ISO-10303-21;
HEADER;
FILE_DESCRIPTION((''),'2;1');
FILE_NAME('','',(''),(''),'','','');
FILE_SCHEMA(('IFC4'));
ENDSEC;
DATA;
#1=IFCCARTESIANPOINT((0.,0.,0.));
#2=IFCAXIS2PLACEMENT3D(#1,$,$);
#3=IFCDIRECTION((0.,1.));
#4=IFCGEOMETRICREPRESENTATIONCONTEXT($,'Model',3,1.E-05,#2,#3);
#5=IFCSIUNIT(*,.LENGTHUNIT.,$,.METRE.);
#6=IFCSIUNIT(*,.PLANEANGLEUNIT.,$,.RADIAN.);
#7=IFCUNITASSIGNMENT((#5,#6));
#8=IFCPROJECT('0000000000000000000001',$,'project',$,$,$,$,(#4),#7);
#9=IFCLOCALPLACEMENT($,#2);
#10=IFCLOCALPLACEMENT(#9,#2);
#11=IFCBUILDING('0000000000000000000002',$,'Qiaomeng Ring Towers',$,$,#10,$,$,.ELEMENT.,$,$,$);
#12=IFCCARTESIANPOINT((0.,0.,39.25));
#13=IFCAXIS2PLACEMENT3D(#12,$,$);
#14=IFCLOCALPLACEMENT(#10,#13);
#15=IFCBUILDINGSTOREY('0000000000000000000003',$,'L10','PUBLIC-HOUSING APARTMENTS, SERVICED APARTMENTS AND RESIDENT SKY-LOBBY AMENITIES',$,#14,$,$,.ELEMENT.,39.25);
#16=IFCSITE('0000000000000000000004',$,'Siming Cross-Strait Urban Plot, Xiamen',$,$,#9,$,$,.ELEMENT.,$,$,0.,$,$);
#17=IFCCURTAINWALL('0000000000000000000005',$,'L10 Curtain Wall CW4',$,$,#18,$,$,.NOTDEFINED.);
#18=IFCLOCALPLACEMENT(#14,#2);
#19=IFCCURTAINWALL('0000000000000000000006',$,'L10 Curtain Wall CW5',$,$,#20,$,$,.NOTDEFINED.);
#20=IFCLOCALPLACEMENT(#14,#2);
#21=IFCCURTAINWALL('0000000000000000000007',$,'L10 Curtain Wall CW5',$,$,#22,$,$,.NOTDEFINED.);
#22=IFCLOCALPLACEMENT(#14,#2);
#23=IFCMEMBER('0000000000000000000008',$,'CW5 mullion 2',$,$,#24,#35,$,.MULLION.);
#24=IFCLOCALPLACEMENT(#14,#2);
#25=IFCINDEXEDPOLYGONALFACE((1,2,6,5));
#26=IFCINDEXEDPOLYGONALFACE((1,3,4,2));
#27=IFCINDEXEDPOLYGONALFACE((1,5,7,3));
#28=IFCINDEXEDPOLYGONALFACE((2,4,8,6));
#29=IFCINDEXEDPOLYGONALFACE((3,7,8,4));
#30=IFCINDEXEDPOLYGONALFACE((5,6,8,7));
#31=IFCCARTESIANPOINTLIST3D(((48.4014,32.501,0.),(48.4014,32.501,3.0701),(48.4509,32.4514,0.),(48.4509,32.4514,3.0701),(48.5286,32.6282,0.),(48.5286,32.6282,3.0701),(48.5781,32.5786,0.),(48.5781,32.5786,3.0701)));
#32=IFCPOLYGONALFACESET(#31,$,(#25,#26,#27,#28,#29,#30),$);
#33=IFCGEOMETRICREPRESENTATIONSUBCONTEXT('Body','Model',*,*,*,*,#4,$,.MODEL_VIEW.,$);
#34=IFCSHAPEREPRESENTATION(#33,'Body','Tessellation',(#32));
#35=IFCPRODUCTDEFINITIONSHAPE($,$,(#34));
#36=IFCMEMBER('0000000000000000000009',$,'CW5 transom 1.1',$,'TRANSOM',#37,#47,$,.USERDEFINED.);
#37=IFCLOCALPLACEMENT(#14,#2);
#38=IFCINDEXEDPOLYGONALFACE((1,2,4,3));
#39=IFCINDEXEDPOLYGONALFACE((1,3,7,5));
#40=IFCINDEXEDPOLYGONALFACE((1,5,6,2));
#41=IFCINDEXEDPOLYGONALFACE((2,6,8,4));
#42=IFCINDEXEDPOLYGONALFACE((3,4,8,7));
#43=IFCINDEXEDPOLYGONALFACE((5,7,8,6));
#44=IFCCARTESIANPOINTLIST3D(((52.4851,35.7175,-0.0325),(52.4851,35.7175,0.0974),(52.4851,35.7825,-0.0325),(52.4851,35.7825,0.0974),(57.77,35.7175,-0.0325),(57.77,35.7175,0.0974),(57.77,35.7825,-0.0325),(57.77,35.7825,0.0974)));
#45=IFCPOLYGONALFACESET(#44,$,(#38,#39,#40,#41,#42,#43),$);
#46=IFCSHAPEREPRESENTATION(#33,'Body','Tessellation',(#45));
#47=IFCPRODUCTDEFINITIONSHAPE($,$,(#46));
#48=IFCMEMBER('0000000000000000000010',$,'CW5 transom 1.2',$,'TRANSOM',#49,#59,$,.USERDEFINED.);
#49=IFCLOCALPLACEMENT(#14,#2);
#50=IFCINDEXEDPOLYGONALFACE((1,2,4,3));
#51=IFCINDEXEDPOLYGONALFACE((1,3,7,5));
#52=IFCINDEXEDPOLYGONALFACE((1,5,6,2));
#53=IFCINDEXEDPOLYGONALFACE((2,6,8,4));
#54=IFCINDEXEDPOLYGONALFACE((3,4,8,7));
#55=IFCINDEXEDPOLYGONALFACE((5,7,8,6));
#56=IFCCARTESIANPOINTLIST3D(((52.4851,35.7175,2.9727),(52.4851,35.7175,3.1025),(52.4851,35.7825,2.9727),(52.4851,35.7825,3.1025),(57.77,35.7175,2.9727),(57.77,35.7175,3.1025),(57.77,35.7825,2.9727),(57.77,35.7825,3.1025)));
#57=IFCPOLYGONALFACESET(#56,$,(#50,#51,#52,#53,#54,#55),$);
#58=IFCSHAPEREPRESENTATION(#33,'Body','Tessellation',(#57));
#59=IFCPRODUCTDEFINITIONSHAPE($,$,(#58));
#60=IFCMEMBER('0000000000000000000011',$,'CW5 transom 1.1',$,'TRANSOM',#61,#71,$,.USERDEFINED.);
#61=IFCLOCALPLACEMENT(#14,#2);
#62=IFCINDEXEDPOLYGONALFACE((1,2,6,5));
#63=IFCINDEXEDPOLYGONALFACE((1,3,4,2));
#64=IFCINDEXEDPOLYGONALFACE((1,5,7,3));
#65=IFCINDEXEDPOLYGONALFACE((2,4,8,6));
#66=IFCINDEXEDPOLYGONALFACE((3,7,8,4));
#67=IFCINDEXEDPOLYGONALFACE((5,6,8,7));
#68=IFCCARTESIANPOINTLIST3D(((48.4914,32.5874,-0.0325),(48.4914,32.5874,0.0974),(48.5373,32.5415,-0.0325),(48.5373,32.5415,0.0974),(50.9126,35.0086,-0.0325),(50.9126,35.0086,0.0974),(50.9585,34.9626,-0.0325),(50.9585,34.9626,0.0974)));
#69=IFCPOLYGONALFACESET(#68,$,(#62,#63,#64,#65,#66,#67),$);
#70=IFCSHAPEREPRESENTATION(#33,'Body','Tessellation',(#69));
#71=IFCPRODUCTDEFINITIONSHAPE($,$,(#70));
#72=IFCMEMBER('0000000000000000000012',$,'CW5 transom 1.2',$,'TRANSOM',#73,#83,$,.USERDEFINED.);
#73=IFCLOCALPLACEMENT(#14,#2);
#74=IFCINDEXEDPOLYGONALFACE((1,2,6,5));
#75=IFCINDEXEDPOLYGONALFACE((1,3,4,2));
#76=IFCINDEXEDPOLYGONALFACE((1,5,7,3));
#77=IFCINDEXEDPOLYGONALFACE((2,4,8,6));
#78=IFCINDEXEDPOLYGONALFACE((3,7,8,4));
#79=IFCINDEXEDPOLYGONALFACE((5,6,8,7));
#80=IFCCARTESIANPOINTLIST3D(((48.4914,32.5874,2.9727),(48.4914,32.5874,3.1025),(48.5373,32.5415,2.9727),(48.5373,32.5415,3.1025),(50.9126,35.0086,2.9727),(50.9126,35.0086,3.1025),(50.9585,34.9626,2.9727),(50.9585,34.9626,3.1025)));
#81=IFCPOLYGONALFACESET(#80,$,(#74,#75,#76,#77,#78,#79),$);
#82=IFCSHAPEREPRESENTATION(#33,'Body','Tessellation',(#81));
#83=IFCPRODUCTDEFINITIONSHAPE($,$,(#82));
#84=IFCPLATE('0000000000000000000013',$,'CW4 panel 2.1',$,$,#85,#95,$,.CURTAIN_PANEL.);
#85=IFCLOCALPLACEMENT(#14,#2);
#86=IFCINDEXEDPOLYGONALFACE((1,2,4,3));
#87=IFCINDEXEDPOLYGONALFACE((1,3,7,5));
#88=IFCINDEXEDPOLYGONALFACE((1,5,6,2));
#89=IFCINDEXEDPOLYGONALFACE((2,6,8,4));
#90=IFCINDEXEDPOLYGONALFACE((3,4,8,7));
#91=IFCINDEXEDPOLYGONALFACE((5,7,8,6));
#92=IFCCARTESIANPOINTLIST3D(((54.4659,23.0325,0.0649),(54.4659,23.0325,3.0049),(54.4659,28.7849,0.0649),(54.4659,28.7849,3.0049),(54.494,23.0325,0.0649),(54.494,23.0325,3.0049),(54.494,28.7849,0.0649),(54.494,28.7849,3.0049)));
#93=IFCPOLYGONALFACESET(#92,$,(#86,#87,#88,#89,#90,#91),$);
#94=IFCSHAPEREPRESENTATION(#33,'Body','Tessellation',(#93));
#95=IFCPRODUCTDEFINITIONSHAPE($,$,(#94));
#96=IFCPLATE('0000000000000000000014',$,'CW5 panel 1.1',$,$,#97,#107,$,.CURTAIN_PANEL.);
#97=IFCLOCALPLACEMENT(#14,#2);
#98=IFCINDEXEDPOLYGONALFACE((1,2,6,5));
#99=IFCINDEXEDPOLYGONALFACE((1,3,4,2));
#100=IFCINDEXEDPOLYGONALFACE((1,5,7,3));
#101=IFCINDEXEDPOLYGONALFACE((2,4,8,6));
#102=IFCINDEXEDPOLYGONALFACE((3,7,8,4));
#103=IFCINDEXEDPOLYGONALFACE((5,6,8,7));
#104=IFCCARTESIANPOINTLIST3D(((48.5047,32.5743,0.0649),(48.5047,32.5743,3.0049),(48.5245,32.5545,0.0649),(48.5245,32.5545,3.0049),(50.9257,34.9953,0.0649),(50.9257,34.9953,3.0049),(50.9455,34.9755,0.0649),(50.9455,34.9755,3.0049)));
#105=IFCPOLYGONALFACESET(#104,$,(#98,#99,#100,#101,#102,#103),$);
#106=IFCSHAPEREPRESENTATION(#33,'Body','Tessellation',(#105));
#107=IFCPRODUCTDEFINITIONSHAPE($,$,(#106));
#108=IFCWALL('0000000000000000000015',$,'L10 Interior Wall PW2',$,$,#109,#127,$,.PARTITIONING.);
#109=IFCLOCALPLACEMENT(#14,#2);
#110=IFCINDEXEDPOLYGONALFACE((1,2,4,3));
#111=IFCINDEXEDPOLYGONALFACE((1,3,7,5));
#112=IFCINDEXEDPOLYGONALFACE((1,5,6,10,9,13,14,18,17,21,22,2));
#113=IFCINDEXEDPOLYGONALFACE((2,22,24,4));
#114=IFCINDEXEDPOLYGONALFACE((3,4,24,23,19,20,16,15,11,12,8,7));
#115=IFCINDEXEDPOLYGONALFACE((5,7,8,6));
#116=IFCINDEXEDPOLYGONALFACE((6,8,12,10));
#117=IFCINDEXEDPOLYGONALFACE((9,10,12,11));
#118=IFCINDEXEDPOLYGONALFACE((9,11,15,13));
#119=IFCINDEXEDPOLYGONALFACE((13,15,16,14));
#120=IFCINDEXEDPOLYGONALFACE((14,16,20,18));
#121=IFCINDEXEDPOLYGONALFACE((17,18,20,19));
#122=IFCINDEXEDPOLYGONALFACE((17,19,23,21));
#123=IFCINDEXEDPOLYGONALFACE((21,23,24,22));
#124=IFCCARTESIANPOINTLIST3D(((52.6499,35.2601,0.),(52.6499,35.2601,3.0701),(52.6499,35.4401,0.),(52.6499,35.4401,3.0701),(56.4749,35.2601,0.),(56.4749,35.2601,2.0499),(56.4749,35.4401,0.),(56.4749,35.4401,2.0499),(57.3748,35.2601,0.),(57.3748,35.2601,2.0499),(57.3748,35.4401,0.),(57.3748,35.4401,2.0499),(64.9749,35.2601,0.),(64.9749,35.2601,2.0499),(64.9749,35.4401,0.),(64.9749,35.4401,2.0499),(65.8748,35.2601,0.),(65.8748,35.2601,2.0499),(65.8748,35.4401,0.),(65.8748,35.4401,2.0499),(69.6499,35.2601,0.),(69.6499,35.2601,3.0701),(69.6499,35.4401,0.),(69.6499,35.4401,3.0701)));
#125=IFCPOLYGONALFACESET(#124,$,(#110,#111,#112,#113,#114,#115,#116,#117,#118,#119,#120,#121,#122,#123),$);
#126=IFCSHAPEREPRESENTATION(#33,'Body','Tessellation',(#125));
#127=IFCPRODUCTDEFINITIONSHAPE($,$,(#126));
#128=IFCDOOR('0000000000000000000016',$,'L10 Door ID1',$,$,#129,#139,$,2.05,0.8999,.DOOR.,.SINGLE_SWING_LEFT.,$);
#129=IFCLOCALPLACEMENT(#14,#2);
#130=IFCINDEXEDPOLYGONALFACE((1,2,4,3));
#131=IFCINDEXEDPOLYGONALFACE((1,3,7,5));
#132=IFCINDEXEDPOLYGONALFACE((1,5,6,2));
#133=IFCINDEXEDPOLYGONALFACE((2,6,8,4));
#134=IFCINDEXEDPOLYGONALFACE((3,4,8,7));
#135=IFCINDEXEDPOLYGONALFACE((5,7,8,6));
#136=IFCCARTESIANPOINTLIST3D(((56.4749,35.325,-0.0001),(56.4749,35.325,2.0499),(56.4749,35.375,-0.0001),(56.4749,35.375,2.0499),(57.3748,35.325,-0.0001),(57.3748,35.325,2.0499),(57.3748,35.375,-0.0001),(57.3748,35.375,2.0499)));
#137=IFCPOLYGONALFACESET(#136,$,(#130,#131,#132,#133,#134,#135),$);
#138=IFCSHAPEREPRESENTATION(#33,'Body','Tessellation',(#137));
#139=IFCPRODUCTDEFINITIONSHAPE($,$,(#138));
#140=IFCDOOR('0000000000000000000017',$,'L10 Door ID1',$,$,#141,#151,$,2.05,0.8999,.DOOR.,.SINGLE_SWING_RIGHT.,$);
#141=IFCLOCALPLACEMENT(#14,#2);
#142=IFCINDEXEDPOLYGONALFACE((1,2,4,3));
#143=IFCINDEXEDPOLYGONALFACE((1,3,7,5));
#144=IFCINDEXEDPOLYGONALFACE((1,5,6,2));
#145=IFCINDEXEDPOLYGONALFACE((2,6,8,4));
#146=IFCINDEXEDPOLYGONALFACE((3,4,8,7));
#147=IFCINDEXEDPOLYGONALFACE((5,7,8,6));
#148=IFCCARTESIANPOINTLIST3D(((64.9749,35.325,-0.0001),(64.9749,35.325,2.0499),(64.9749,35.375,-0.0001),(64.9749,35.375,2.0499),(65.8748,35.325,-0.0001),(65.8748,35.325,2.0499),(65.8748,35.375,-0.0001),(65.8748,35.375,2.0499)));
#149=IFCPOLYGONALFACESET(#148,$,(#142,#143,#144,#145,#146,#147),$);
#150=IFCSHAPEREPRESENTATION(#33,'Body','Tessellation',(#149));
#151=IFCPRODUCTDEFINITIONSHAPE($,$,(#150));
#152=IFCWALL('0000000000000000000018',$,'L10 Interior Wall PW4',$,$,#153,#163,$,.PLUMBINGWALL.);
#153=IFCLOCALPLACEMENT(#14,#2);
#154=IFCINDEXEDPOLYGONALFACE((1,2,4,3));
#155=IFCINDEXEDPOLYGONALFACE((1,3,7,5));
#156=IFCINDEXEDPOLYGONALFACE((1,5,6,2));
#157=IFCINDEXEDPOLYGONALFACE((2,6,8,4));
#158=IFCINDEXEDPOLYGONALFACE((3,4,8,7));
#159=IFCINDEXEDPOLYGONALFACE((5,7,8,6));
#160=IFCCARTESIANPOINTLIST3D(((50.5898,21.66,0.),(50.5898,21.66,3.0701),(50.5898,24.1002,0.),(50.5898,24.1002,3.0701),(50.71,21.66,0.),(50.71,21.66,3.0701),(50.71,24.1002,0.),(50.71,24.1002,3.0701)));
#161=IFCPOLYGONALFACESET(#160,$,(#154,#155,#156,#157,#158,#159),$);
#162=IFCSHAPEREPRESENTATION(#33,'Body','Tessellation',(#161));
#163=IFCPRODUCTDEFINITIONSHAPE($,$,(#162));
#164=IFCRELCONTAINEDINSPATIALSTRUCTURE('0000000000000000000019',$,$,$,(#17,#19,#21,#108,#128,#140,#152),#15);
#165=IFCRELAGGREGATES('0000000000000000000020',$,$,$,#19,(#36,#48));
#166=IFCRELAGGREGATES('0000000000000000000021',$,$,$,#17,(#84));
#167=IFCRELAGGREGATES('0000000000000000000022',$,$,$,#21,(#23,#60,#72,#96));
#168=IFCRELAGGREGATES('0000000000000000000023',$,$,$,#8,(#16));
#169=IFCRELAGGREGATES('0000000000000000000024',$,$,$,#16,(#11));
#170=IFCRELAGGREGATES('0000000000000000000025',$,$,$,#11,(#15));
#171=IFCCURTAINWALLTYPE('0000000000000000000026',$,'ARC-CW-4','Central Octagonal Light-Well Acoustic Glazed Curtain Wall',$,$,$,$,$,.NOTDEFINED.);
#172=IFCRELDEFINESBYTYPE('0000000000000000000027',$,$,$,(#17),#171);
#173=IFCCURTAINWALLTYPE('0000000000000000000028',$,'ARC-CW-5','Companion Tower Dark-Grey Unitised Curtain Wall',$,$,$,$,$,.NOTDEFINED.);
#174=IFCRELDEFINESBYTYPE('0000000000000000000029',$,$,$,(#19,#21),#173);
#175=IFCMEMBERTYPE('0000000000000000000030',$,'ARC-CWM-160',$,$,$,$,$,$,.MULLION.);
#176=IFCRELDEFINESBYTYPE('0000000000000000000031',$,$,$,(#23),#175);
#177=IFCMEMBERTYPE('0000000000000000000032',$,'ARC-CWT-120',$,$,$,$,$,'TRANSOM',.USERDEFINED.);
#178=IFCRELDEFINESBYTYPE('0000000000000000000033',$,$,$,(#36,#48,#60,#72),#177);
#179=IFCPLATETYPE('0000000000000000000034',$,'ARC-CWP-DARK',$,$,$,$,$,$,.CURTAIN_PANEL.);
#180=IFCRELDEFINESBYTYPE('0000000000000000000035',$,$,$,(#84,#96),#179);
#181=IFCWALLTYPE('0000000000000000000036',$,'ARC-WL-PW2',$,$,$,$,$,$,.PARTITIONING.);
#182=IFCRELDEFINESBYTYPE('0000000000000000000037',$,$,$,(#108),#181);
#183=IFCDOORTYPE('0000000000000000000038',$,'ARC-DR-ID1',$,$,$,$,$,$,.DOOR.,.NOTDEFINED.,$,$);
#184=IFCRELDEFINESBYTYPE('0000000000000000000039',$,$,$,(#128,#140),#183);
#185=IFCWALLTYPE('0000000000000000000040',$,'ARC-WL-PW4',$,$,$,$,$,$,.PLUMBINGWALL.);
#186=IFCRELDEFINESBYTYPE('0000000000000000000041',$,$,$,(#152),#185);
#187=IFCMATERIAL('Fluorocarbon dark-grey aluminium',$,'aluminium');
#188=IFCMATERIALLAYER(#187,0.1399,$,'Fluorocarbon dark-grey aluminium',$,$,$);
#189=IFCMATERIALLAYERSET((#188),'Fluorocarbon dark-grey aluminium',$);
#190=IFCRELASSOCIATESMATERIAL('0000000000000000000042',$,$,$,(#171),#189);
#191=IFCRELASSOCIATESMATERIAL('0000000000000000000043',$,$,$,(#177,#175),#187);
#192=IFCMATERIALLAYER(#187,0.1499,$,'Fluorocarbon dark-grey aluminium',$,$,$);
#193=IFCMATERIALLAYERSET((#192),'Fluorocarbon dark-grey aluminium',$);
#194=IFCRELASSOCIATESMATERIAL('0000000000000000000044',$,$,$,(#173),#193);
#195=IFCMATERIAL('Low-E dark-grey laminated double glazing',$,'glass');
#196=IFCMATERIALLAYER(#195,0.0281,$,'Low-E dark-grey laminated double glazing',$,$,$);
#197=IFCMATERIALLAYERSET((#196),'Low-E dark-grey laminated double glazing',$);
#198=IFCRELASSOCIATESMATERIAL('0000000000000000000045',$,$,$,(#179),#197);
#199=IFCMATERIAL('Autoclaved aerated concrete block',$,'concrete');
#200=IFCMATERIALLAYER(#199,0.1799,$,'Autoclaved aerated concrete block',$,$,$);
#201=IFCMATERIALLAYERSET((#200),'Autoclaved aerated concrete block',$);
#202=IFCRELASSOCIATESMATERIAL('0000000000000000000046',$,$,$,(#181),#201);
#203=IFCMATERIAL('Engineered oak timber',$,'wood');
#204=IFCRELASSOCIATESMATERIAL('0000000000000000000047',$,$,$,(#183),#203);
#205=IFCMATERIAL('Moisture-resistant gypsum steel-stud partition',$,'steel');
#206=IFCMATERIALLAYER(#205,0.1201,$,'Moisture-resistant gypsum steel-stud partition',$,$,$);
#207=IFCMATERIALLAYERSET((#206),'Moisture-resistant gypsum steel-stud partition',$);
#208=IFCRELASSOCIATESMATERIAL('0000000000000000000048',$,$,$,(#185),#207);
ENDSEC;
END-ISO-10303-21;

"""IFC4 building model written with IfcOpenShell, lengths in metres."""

from ifc_helpers import new_model, si_unit, direction, frame, frame_2d, origin, origin_2d, place, context, subcontext, project, spatial, rectangle, extrude, source, transform, mapped, material, layer, layer_set, material_profile, profile_set, type_object, element, fill, aggregate, save


model = new_model("IFC4")

# Units and contexts
model_context = context("Model", 3, precision=1e-05, world=origin(), true_north=direction((0.0, 1.0)))
body_context = subcontext(model_context, "Body", "Model", "MODEL_VIEW")
ifc_project = project(units=[si_unit("LENGTHUNIT", "METRE"), si_unit("PLANEANGLEUNIT", "RADIAN")], contexts=[model_context])

# Site, building, storey
site_placement = place(None, origin())
site = spatial("IfcSite", under=ifc_project, at=site_placement, Name="Siming Cross-Strait Urban Plot, Xiamen", CompositionType="ELEMENT", RefElevation=0.0)
building_placement = place(site_placement, origin())
building = spatial("IfcBuilding", under=site, at=building_placement, Name="Qiaomeng Ring Towers", CompositionType="ELEMENT")
storey_placement = place(building_placement, frame((0.0, 0.0, 39.25)))
storey = spatial("IfcBuildingStorey", under=building, at=storey_placement, Name="L10", Description="PUBLIC-HOUSING APARTMENTS, SERVICED APARTMENTS AND RESIDENT SKY-LOBBY AMENITIES", CompositionType="ELEMENT", Elevation=39.25)

# Curtain wall
ifc_material_1 = material(Name="Fluorocarbon dark-grey aluminium", Category="aluminium")
ifc_layer_1 = layer(ifc_material_1, 0.1399, Name="Fluorocarbon dark-grey aluminium")
ifc_layer_set_1 = layer_set([ifc_layer_1], Name="Fluorocarbon dark-grey aluminium")
curtain_wall_type_1 = type_object("IfcCurtainWallType", Name="ARC-CW-4", Description="Central Octagonal Light-Well Acoustic Glazed Curtain Wall", PredefinedType="NOTDEFINED", material=ifc_layer_set_1)
curtain_wall_1_placement = place(storey_placement, origin())
curtain_wall_1 = element("IfcCurtainWall", 1, at=curtain_wall_1_placement, inside=storey, type_object=curtain_wall_type_1, Name="L10 Curtain Wall CW4", PredefinedType="NOTDEFINED")
ifc_material_profile_1 = material_profile(ifc_material_1, rectangle(XDim=0.0649, YDim=0.1299, at=origin_2d()), Name="ALU TRAN 65x130")
ifc_profile_set_1 = profile_set([ifc_material_profile_1], Name="Fluorocarbon dark-grey aluminium")
member_type_1 = type_object("IfcMemberType", Name="ARC-CWT-120", ElementType="TRANSOM", PredefinedType="USERDEFINED", material=ifc_profile_set_1)

# Curtain wall
ifc_layer_2 = layer(ifc_material_1, 0.1499, Name="Fluorocarbon dark-grey aluminium")
ifc_layer_set_2 = layer_set([ifc_layer_2], Name="Fluorocarbon dark-grey aluminium")
curtain_wall_type_2 = type_object("IfcCurtainWallType", Name="ARC-CW-5", Description="Companion Tower Dark-Grey Unitised Curtain Wall", PredefinedType="NOTDEFINED", material=ifc_layer_set_2)
curtain_wall_2_placement = place(storey_placement, origin())
curtain_wall_2 = element("IfcCurtainWall", 2, at=curtain_wall_2_placement, inside=storey, type_object=curtain_wall_type_2, Name="L10 Curtain Wall CW5", PredefinedType="NOTDEFINED")
ifc_material_profile_2 = material_profile(ifc_material_1, rectangle(XDim=0.0701, YDim=0.1799, at=origin_2d()), Name="ALU MULL 70x180")
ifc_profile_set_2 = profile_set([ifc_material_profile_2], Name="Fluorocarbon dark-grey aluminium")
member_type_2 = type_object("IfcMemberType", Name="ARC-CWM-160", PredefinedType="MULLION", material=ifc_profile_set_2)
shared_shape_1 = source(origin(), body_context, "Body", "SweptSolid", [
    extrude(rectangle(XDim=0.0701, YDim=0.1799, at=origin_2d()), origin(), (0.0, 0.0, 1.0), 3.0701),
])

# Curtain wall, member
curtain_wall_3_placement = place(storey_placement, origin())
curtain_wall_3 = element("IfcCurtainWall", 3, at=curtain_wall_3_placement, inside=storey, type_object=curtain_wall_type_2, Name="L10 Curtain Wall CW5", PredefinedType="NOTDEFINED")
member_1_placement = place(storey_placement, frame((48.4897, 32.5398, 0.0), z_axis=(0.0, 0.0, 1.0), x_axis=(0.707107, -0.707107, 0.0)))
member_1 = element("IfcMember", 4, at=member_1_placement, type_object=member_type_2, Name="CW5 mullion 2", PredefinedType="MULLION", context=body_context, shape_type="MappedRepresentation", body=[
    mapped(shared_shape_1, transform((0.0, 0.0, 0.0), x_axis=(1.0, 0.0, 0.0), y_axis=(0.0, 1.0, 0.0), z_axis=(0.0, 0.0, 1.0), scale=1.0)),
])

# Members
shared_shape_2 = source(origin(), body_context, "Body", "SweptSolid", [
    extrude(rectangle(XDim=0.0649, YDim=0.1299, at=origin_2d()), origin(), (0.0, 0.0, 1.0), 5.2849),
])
member_2_placement = place(storey_placement, frame((52.4851, 35.75, 0.0325), z_axis=(1.0, 0.0, 0.0), x_axis=(0.0, 1.0, 0.0)))
member_2 = element("IfcMember", 5, at=member_2_placement, type_object=member_type_1, Name="CW5 transom 1.1", ObjectType="TRANSOM", PredefinedType="USERDEFINED", context=body_context, shape_type="MappedRepresentation", body=[
    mapped(shared_shape_2, transform((0.0, 0.0, 0.0), x_axis=(1.0, 0.0, 0.0), y_axis=(0.0, 1.0, 0.0), z_axis=(0.0, 0.0, 1.0), scale=1.0)),
])
member_3_placement = place(storey_placement, frame((52.4851, 35.75, 3.0376), z_axis=(1.0, 0.0, 0.0), x_axis=(0.0, 1.0, 0.0)))
member_3 = element("IfcMember", 6, at=member_3_placement, type_object=member_type_1, Name="CW5 transom 1.2", ObjectType="TRANSOM", PredefinedType="USERDEFINED", context=body_context, shape_type="MappedRepresentation", body=[
    mapped(shared_shape_2, transform((0.0, 0.0, 0.0), x_axis=(1.0, 0.0, 0.0), y_axis=(0.0, 1.0, 0.0), z_axis=(0.0, 0.0, 1.0), scale=1.0)),
])
aggregate(curtain_wall_2, [member_2, member_3])
shared_shape_3 = source(origin(), body_context, "Body", "SweptSolid", [
    extrude(rectangle(XDim=0.0649, YDim=0.1299, at=origin_2d()), origin(), (0.0, 0.0, 1.0), 3.4241),
])
member_4_placement = place(storey_placement, frame((50.9355, 34.9856, 0.0325), z_axis=(-0.707107, -0.707107, 0.0), x_axis=(0.707107, -0.707107, 0.0)))
member_4 = element("IfcMember", 7, at=member_4_placement, type_object=member_type_1, Name="CW5 transom 1.1", ObjectType="TRANSOM", PredefinedType="USERDEFINED", context=body_context, shape_type="MappedRepresentation", body=[
    mapped(shared_shape_3, transform((0.0, 0.0, 0.0), x_axis=(1.0, 0.0, 0.0), y_axis=(0.0, 1.0, 0.0), z_axis=(0.0, 0.0, 1.0), scale=1.0)),
])
member_5_placement = place(storey_placement, frame((50.9355, 34.9856, 3.0376), z_axis=(-0.707107, -0.707107, 0.0), x_axis=(0.707107, -0.707107, 0.0)))
member_5 = element("IfcMember", 8, at=member_5_placement, type_object=member_type_1, Name="CW5 transom 1.2", ObjectType="TRANSOM", PredefinedType="USERDEFINED", context=body_context, shape_type="MappedRepresentation", body=[
    mapped(shared_shape_3, transform((0.0, 0.0, 0.0), x_axis=(1.0, 0.0, 0.0), y_axis=(0.0, 1.0, 0.0), z_axis=(0.0, 0.0, 1.0), scale=1.0)),
])

# Plates
ifc_material_2 = material(Name="Low-E dark-grey laminated double glazing", Category="glass")
ifc_layer_3 = layer(ifc_material_2, 0.0281, Name="Low-E dark-grey laminated double glazing")
ifc_layer_set_3 = layer_set([ifc_layer_3], Name="Low-E dark-grey laminated double glazing")
plate_type = type_object("IfcPlateType", Name="ARC-CWP-DARK", PredefinedType="CURTAIN_PANEL", material=ifc_layer_set_3)
shared_shape_4 = source(origin(), body_context, "Body", "SweptSolid", [
    extrude(rectangle(XDim=5.7524, YDim=0.0281, at=origin_2d()), origin(), (0.0, 0.0, 1.0), 2.9399),
])
plate_1_placement = place(storey_placement, frame((54.48, 25.9087, 0.0649), z_axis=(0.0, 0.0, 1.0), x_axis=(0.0, 1.0, 0.0)))
plate_1 = element("IfcPlate", 9, at=plate_1_placement, type_object=plate_type, Name="CW4 panel 2.1", PredefinedType="CURTAIN_PANEL", context=body_context, shape_type="MappedRepresentation", body=[
    mapped(shared_shape_4, transform((0.0, 0.0, 0.0), x_axis=(1.0, 0.0, 0.0), y_axis=(0.0, 1.0, 0.0), z_axis=(0.0, 0.0, 1.0), scale=1.0)),
])
aggregate(curtain_wall_1, [plate_1])
shared_shape_5 = source(origin(), body_context, "Body", "SweptSolid", [
    extrude(rectangle(XDim=3.4238, YDim=0.0281, at=origin_2d()), origin(), (0.0, 0.0, 1.0), 2.9399),
])
plate_2_placement = place(storey_placement, frame((49.7251, 33.7749, 0.0649), z_axis=(0.0, 0.0, 1.0), x_axis=(-0.707107, -0.707107, 0.0)))
plate_2 = element("IfcPlate", 10, at=plate_2_placement, type_object=plate_type, Name="CW5 panel 1.1", PredefinedType="CURTAIN_PANEL", context=body_context, shape_type="MappedRepresentation", body=[
    mapped(shared_shape_5, transform((0.0, 0.0, 0.0), x_axis=(1.0, 0.0, 0.0), y_axis=(0.0, 1.0, 0.0), z_axis=(0.0, 0.0, 1.0), scale=1.0)),
])
aggregate(curtain_wall_3, [member_1, member_4, member_5, plate_2])

# Wall, openings, doors
ifc_material_3 = material(Name="Autoclaved aerated concrete block", Category="concrete")
ifc_layer_4 = layer(ifc_material_3, 0.1799, Name="Autoclaved aerated concrete block")
ifc_layer_set_4 = layer_set([ifc_layer_4], Name="Autoclaved aerated concrete block")
wall_type_1 = type_object("IfcWallType", Name="ARC-WL-PW2", PredefinedType="PARTITIONING", material=ifc_layer_set_4)
wall_1_placement = place(storey_placement, frame((52.6499, 35.3501, 0.0), z_axis=(0.0, 0.0, 1.0), x_axis=(1.0, 0.0, 0.0)))
wall_1 = element("IfcWall", 11, at=wall_1_placement, inside=storey, type_object=wall_type_1, Name="L10 Interior Wall PW2", PredefinedType="PARTITIONING", context=body_context, shape_type="SweptSolid", body=[
    extrude(rectangle(XDim=17.0, YDim=0.1799, at=frame_2d((8.5, 0.0))), origin(), (0.0, 0.0, 1.0), 3.0701),
])
opening_1_placement = place(wall_1_placement, frame((3.825, 0.0, 0.0)))
opening_1 = element("IfcOpeningElement", 12, at=opening_1_placement, cuts=wall_1, PredefinedType="OPENING", context=body_context, shape_type="SweptSolid", body=[
    extrude(rectangle(XDim=0.8999, YDim=2.05, at=frame_2d((0.45, 1.0249))), frame((0.0, 0.0999, 0.0), z_axis=(0.0, -1.0, 0.0), x_axis=(1.0, 0.0, 0.0)), (0.0, 0.0, 1.0), 0.2),
])
opening_2_placement = place(wall_1_placement, frame((12.325, 0.0, 0.0)))
opening_2 = element("IfcOpeningElement", 13, at=opening_2_placement, cuts=wall_1, PredefinedType="OPENING", context=body_context, shape_type="SweptSolid", body=[
    extrude(rectangle(XDim=0.8999, YDim=2.05, at=frame_2d((0.45, 1.0249))), frame((0.0, 0.0999, 0.0), z_axis=(0.0, -1.0, 0.0), x_axis=(1.0, 0.0, 0.0)), (0.0, 0.0, 1.0), 0.2),
])
ifc_material_4 = material(Name="Engineered oak timber", Category="wood")
door_type_1 = type_object("IfcDoorType", Name="ARC-DR-ID1", OperationType="NOTDEFINED", PredefinedType="DOOR", material=ifc_material_4)
shared_shape_6 = source(origin(), body_context, "Body", "SweptSolid", [
    extrude(rectangle(XDim=0.8999, YDim=2.05, at=frame_2d((0.45, 1.0249))), frame((0.0, 0.0249, 0.0), z_axis=(0.0, -1.0, 0.0), x_axis=(1.0, 0.0, 0.0)), (0.0, 0.0, 1.0), 0.05),
])
door_1_placement = place(opening_1_placement, origin())
door_1 = element("IfcDoor", 14, at=door_1_placement, inside=storey, type_object=door_type_1, Name="L10 Door ID1", OperationType="SINGLE_SWING_LEFT", OverallHeight=2.05, OverallWidth=0.8999, PredefinedType="DOOR", context=body_context, shape_type="MappedRepresentation", body=[
    mapped(shared_shape_6, transform((0.0, 0.0, 0.0), x_axis=(1.0, 0.0, 0.0), y_axis=(0.0, 1.0, 0.0), z_axis=(0.0, 0.0, 1.0), scale=1.0)),
])
fill(opening_1, door_1)
door_2_placement = place(opening_2_placement, origin())
door_2 = element("IfcDoor", 15, at=door_2_placement, inside=storey, type_object=door_type_1, Name="L10 Door ID1", OperationType="SINGLE_SWING_RIGHT", OverallHeight=2.05, OverallWidth=0.8999, PredefinedType="DOOR", context=body_context, shape_type="MappedRepresentation", body=[
    mapped(shared_shape_6, transform((0.0, 0.0, 0.0), x_axis=(1.0, 0.0, 0.0), y_axis=(0.0, 1.0, 0.0), z_axis=(0.0, 0.0, 1.0), scale=1.0)),
])
fill(opening_2, door_2)

# Wall
ifc_material_5 = material(Name="Moisture-resistant gypsum steel-stud partition", Category="steel")
ifc_layer_5 = layer(ifc_material_5, 0.1201, Name="Moisture-resistant gypsum steel-stud partition")
ifc_layer_set_5 = layer_set([ifc_layer_5], Name="Moisture-resistant gypsum steel-stud partition")
wall_type_2 = type_object("IfcWallType", Name="ARC-WL-PW4", PredefinedType="PLUMBINGWALL", material=ifc_layer_set_5)
wall_2_placement = place(storey_placement, frame((50.6499, 21.6599, 0.0), z_axis=(0.0, 0.0, 1.0), x_axis=(0.0, 1.0, 0.0)))
element("IfcWall", 16, at=wall_2_placement, inside=storey, type_object=wall_type_2, Name="L10 Interior Wall PW4", PredefinedType="PLUMBINGWALL", context=body_context, shape_type="SweptSolid", body=[
    extrude(rectangle(XDim=2.4402, YDim=0.1201, at=frame_2d((1.2202, 0.0))), origin(), (0.0, 0.0, 1.0), 3.0701),
])

save(model, "model.ifc")
